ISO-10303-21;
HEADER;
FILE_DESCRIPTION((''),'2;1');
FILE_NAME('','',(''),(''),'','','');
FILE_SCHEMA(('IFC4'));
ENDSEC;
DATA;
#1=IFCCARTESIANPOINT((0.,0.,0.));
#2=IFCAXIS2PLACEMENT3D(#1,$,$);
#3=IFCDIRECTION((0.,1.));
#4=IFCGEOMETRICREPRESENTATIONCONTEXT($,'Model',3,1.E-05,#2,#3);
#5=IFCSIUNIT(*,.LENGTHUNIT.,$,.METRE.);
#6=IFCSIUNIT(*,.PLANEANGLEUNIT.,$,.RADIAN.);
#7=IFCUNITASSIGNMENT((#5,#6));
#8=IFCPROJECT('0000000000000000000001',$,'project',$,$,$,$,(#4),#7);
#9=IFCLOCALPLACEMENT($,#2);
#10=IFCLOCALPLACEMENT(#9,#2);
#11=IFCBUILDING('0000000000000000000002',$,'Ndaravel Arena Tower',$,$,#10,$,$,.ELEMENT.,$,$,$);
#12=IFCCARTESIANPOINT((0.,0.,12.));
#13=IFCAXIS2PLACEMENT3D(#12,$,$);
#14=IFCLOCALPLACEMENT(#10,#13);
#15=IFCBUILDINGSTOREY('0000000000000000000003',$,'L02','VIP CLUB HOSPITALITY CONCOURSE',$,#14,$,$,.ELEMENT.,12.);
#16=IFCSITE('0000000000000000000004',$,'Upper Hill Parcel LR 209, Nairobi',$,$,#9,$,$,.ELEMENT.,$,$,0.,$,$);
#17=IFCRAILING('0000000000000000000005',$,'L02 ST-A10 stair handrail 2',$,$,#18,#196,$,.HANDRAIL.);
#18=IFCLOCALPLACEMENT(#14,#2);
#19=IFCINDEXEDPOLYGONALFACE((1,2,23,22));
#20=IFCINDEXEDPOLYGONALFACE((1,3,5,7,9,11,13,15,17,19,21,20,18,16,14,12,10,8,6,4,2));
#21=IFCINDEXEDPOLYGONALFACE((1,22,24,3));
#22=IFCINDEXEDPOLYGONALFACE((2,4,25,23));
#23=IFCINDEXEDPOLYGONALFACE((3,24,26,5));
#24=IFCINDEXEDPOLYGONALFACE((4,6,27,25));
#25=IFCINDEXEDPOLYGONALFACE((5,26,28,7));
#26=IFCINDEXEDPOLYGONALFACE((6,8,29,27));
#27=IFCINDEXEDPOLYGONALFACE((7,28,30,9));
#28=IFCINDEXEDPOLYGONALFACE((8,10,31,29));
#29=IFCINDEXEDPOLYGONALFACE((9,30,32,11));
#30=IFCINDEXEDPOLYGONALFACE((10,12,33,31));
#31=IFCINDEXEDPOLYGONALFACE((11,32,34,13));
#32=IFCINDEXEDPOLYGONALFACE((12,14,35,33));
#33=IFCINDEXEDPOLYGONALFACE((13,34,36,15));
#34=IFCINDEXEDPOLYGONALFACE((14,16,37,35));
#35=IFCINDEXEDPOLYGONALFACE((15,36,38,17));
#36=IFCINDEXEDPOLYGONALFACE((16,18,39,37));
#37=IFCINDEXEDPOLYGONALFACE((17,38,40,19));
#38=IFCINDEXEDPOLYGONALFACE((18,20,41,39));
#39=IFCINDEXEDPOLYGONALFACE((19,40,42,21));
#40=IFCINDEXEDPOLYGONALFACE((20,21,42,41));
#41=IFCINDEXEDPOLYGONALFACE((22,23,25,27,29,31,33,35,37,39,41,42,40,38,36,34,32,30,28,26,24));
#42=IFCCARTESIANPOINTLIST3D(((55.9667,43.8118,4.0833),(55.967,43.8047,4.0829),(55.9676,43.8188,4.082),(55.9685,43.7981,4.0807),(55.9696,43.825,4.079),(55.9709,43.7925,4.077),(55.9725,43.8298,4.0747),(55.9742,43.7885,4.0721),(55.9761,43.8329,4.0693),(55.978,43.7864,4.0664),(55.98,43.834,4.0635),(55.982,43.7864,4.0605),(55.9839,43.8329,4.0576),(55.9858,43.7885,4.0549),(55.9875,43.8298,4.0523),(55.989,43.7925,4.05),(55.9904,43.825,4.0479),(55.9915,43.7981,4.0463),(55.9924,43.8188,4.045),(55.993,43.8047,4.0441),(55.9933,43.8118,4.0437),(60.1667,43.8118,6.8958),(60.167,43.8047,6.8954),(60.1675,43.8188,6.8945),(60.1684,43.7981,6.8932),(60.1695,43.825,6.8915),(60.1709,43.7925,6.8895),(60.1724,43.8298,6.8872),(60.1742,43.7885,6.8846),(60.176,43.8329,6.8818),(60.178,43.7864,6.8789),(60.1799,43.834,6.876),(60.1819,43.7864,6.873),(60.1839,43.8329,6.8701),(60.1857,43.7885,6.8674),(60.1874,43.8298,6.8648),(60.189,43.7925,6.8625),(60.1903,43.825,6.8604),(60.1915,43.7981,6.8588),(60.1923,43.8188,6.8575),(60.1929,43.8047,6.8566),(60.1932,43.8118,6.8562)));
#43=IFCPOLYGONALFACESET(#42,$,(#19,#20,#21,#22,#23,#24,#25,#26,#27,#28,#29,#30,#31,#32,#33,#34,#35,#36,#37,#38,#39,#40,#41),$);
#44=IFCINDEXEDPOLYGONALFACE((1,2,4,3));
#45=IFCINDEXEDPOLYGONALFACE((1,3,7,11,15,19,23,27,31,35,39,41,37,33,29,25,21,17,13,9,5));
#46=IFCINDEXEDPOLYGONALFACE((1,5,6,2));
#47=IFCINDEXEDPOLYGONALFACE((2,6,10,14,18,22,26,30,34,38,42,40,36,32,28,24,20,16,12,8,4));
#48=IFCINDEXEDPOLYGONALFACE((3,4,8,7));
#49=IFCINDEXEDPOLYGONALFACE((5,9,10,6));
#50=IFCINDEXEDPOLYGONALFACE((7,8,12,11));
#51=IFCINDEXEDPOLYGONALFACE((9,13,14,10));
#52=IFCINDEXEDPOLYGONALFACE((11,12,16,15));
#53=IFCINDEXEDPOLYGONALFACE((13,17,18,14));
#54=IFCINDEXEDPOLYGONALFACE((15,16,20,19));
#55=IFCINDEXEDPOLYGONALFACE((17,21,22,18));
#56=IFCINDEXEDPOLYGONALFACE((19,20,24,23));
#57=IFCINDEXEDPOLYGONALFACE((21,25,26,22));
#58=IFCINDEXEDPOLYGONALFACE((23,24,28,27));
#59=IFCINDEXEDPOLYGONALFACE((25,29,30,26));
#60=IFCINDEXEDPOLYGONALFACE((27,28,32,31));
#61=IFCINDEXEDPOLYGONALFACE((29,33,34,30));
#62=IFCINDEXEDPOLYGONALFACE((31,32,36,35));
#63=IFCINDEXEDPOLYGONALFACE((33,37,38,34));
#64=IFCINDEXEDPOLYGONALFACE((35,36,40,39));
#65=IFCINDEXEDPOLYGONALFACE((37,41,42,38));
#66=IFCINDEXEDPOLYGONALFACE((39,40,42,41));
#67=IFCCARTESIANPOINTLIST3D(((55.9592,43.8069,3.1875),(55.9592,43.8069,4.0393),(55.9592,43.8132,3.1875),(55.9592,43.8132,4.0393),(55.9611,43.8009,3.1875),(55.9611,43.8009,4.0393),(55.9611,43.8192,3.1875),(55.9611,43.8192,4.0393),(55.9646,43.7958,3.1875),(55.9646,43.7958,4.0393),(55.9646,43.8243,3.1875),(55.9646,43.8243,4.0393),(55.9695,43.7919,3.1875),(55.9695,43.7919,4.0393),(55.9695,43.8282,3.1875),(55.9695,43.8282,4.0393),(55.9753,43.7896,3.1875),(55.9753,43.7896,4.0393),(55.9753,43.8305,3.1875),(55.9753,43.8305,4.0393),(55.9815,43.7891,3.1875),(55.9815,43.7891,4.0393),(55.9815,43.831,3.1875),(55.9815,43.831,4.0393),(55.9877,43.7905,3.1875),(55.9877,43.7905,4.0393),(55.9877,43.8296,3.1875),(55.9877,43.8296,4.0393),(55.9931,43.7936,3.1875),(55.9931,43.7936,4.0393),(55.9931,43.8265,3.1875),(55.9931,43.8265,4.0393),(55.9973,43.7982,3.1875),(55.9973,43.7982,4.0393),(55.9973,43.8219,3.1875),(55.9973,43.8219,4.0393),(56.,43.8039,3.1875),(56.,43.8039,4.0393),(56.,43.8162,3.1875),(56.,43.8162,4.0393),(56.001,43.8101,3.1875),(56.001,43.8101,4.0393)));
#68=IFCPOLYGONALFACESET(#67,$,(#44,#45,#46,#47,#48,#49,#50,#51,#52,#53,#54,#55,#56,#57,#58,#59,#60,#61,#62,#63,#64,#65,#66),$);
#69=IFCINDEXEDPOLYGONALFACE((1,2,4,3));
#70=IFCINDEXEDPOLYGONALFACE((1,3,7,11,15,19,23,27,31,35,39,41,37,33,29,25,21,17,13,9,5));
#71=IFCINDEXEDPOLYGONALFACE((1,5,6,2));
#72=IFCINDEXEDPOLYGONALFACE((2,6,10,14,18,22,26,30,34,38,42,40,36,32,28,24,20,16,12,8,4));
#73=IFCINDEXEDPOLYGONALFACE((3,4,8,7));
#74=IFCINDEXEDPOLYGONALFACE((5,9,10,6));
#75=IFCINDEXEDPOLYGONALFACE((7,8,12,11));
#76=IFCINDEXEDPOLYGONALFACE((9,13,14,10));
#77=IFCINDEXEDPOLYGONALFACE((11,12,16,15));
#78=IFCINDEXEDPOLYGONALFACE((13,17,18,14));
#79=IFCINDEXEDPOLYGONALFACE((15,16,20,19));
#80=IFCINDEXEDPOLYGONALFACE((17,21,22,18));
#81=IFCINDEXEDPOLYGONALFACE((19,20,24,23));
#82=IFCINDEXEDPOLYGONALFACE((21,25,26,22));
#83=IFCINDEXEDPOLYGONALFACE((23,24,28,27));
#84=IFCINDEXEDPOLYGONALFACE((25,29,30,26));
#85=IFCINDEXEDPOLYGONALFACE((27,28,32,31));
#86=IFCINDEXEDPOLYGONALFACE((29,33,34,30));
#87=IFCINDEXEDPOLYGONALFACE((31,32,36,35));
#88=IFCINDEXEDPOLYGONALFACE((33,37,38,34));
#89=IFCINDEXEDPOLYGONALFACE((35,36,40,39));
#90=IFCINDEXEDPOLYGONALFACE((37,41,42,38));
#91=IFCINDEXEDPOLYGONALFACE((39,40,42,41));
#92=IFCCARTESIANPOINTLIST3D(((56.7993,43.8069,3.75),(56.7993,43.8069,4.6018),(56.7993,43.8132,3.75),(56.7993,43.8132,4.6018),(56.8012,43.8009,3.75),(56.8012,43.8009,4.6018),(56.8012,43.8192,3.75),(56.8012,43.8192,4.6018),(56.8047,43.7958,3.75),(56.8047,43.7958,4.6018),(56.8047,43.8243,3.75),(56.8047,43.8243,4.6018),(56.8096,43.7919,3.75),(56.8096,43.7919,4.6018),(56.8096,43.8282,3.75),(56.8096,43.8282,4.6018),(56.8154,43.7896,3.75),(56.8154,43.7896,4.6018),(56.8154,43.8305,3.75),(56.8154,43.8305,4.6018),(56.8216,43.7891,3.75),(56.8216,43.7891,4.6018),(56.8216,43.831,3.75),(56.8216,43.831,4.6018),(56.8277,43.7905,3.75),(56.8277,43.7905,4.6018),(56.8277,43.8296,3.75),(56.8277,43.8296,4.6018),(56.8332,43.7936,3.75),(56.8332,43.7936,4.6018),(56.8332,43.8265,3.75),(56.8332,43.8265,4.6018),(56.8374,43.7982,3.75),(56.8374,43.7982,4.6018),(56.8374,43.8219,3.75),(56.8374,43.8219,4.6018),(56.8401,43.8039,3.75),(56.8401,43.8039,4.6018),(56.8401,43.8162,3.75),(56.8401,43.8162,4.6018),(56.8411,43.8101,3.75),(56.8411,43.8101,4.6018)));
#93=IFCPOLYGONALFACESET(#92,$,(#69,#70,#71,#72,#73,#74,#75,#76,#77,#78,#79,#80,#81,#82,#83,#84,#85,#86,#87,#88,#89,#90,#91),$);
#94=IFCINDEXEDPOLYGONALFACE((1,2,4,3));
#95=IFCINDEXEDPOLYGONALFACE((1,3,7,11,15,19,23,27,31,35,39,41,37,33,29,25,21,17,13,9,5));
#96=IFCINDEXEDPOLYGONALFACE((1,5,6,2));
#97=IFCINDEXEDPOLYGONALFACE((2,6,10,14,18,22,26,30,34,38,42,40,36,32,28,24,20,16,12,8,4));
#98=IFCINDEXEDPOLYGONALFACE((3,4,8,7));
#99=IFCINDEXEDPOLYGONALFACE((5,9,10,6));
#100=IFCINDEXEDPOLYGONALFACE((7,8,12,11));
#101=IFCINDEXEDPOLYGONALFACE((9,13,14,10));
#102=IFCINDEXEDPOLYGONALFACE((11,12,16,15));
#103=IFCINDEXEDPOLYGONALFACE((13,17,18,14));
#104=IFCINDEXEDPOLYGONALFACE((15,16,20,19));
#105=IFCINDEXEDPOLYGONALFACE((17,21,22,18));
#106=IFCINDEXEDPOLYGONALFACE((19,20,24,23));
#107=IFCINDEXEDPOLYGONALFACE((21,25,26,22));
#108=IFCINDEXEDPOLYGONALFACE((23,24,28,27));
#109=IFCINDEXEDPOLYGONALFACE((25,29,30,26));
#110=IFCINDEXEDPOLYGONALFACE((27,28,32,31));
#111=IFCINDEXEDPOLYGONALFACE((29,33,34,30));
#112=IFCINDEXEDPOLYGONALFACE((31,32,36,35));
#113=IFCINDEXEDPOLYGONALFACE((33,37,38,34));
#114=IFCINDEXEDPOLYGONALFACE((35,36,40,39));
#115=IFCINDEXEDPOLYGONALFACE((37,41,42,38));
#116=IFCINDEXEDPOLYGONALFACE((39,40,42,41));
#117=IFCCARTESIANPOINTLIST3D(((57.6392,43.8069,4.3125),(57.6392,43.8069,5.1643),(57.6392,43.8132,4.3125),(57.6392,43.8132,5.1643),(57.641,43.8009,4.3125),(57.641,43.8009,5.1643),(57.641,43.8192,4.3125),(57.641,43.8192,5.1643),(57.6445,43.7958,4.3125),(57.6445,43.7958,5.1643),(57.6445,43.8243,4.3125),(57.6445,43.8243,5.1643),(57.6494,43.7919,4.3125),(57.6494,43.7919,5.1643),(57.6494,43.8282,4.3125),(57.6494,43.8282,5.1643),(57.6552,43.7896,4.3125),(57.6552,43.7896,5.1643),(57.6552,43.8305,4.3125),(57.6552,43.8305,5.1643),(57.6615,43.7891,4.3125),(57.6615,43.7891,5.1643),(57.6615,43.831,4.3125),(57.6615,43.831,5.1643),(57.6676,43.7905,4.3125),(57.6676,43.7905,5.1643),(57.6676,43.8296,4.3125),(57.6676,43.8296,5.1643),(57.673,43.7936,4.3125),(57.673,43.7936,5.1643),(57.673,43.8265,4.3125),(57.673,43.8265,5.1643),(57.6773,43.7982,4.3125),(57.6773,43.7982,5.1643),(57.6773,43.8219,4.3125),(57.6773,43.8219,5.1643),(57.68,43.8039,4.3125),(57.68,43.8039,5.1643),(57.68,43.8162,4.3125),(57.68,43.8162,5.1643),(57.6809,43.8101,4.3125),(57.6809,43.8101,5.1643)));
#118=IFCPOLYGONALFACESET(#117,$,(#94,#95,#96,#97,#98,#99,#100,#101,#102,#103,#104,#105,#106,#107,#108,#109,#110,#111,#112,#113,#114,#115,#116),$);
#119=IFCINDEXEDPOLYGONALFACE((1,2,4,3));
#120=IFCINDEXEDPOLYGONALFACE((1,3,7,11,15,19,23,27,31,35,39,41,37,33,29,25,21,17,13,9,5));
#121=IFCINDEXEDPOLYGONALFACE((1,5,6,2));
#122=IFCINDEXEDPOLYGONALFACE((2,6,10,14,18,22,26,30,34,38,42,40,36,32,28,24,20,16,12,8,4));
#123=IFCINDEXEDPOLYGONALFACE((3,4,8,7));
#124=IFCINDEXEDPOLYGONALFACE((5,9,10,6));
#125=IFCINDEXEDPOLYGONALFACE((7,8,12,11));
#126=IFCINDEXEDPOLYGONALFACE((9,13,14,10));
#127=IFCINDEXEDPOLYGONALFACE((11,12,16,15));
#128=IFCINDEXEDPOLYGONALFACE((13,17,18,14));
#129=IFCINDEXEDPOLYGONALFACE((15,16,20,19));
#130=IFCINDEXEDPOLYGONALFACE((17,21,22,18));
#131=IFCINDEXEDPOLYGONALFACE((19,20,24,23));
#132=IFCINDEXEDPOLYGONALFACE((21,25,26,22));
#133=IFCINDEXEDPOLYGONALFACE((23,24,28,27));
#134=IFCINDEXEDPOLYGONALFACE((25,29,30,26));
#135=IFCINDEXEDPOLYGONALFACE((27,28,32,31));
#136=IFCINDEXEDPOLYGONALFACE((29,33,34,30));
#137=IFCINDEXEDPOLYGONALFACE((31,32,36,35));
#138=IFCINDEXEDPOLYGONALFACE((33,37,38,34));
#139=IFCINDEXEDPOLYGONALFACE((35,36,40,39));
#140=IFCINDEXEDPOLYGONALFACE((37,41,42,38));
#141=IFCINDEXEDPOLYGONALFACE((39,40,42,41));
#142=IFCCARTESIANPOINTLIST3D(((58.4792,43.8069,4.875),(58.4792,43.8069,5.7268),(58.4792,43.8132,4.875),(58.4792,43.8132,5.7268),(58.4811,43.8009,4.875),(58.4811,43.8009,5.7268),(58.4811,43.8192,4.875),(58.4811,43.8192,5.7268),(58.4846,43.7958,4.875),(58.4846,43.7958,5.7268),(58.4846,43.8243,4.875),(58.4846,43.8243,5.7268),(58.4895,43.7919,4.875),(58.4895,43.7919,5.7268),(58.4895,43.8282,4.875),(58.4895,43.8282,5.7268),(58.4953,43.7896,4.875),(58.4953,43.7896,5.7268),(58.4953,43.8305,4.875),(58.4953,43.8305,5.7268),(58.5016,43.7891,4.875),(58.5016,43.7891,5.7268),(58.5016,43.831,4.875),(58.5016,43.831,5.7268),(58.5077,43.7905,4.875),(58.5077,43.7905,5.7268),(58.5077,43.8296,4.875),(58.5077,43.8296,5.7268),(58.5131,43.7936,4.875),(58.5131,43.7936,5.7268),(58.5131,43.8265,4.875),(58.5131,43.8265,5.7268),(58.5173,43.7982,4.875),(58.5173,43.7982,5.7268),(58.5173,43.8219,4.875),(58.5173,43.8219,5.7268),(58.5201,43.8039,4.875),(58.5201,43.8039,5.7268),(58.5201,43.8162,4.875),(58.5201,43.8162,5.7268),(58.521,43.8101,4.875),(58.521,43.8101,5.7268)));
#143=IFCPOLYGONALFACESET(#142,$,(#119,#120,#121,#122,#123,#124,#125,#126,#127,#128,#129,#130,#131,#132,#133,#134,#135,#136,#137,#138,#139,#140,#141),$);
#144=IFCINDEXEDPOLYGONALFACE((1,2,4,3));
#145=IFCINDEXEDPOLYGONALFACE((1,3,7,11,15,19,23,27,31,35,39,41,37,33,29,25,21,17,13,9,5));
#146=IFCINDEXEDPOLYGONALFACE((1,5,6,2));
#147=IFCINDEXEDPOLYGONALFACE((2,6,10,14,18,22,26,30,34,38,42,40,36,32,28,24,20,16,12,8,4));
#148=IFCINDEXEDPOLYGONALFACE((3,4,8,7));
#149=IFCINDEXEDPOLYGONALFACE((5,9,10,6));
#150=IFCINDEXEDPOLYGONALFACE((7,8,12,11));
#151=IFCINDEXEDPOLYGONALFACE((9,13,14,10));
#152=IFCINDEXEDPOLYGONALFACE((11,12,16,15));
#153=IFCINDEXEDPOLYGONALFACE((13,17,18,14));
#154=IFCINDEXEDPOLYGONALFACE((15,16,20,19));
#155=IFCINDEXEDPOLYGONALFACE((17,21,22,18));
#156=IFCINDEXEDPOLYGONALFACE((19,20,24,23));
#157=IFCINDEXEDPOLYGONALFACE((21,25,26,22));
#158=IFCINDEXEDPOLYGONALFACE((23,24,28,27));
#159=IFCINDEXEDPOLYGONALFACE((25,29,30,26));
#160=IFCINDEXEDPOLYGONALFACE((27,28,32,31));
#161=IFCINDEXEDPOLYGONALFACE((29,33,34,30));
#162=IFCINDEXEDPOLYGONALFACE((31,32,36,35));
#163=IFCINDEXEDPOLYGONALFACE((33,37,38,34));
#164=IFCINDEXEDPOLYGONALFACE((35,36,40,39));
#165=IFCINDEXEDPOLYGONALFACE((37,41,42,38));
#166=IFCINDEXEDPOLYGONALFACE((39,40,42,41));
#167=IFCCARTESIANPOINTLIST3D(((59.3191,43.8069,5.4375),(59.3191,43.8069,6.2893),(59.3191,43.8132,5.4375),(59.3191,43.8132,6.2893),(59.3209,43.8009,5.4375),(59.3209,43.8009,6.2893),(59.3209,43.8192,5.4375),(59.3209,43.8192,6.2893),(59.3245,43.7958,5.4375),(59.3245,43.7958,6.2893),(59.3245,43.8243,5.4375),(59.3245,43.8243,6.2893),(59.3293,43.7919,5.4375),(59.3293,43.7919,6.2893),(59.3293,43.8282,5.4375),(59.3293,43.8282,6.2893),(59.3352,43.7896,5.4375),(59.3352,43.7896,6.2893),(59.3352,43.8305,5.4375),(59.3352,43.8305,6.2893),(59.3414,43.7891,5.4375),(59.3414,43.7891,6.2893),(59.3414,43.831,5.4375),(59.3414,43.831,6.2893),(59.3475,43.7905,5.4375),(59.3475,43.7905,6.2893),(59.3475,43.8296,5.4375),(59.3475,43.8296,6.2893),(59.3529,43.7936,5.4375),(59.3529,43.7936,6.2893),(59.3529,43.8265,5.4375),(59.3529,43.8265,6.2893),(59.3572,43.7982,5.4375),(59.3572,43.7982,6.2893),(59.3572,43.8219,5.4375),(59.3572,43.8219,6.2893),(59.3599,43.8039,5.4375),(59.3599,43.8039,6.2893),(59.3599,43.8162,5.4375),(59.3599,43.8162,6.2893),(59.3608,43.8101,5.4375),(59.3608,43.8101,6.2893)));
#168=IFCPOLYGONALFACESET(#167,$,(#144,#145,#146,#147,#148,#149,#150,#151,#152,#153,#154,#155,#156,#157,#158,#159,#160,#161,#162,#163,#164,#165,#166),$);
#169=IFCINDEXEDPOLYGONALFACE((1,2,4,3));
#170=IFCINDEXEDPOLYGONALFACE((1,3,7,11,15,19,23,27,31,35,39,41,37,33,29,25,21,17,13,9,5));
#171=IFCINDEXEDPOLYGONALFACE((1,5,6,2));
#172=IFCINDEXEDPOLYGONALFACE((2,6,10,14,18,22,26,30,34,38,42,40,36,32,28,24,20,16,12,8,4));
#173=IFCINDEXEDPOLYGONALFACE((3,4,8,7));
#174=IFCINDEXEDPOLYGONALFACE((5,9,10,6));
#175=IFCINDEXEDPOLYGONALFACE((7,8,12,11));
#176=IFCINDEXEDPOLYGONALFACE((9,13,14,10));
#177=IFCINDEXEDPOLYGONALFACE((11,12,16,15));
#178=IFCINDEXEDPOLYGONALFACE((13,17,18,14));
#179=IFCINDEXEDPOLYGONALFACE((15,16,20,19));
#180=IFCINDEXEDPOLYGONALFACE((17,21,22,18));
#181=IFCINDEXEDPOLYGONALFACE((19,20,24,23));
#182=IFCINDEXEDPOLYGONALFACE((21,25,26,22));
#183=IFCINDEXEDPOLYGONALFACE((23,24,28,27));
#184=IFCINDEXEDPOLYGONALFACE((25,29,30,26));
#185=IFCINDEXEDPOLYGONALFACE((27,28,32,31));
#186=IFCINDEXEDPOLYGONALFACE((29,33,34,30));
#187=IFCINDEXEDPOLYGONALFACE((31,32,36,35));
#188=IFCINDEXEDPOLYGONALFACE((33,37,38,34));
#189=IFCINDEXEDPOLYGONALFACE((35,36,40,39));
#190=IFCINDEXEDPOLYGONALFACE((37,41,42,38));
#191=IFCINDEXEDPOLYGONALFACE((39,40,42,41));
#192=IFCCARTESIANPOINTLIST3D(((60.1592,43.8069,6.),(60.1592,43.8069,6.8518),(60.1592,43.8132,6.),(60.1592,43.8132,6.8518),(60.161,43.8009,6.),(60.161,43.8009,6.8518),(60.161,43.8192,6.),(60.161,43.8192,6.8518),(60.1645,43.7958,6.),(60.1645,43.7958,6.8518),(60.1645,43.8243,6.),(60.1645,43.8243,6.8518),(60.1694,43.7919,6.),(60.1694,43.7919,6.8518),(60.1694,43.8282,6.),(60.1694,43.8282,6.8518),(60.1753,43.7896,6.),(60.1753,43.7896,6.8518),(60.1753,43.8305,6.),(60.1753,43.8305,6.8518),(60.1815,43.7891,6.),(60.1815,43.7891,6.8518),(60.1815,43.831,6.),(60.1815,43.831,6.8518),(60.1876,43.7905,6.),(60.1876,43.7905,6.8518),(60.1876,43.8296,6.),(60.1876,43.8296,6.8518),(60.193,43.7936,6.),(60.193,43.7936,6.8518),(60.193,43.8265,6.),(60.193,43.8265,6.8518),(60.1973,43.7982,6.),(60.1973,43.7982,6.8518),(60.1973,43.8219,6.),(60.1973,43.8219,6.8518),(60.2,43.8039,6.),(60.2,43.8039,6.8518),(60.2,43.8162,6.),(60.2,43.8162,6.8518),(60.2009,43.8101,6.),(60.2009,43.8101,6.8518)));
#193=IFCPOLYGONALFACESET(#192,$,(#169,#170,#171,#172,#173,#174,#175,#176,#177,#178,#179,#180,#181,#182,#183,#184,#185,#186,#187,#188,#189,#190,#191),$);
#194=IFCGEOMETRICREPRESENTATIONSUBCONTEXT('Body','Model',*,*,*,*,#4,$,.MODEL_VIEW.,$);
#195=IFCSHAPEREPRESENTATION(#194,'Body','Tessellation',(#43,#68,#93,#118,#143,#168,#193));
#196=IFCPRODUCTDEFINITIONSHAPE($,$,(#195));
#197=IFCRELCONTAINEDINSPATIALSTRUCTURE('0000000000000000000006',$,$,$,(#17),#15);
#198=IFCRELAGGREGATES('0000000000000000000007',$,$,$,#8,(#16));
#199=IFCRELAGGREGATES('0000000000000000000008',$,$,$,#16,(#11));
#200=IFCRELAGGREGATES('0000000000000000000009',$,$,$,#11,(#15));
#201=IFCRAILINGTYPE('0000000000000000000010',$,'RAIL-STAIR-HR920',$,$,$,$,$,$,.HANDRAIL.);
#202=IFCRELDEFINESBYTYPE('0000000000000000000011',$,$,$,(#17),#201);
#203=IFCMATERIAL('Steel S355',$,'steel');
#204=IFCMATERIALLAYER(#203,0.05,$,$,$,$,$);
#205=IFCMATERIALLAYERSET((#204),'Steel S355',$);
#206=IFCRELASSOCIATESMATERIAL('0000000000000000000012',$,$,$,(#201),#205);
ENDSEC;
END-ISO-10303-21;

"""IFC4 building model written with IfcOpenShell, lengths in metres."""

from ifc_helpers import new_model, si_unit, direction, frame, origin, origin_2d, place, context, subcontext, project, spatial, circle, extrude, material, layer, layer_set, type_object, element, save


model = new_model("IFC4")

# Units and contexts
model_context = context("Model", 3, precision=1e-05, world=origin(), true_north=direction((0.0, 1.0)))
body_context = subcontext(model_context, "Body", "Model", "MODEL_VIEW")
ifc_project = project(units=[si_unit("LENGTHUNIT", "METRE"), si_unit("PLANEANGLEUNIT", "RADIAN")], contexts=[model_context])

# Site, building, storey
site_placement = place(None, origin())
site = spatial("IfcSite", under=ifc_project, at=site_placement, Name="Upper Hill Parcel LR 209, Nairobi", CompositionType="ELEMENT", RefElevation=0.0)
building_placement = place(site_placement, origin())
building = spatial("IfcBuilding", under=site, at=building_placement, Name="Ndaravel Arena Tower", CompositionType="ELEMENT")
storey_placement = place(building_placement, frame((0.0, 0.0, 12.0)))
storey = spatial("IfcBuildingStorey", under=building, at=storey_placement, Name="L02", Description="VIP CLUB HOSPITALITY CONCOURSE", CompositionType="ELEMENT", Elevation=12.0)

# Railing
ifc_material_1 = material(Name="Steel S355", Category="steel")
ifc_layer_1 = layer(ifc_material_1, 0.05)
ifc_layer_set_1 = layer_set([ifc_layer_1], Name="Steel S355")
railing_type_1 = type_object("IfcRailingType", Name="RAIL-STAIR-HR920", PredefinedType="HANDRAIL", material=ifc_layer_set_1)
railing_1_placement = place(storey_placement, frame((55.98, 43.8101, 3.1875)))
element("IfcRailing", 1, at=railing_1_placement, inside=storey, type_object=railing_type_1, Name="L02 ST-A10 stair handrail 2", PredefinedType="HANDRAIL", context=body_context, shape_type="SweptSolid", body=[
    extrude(circle(Radius=0.0239, at=origin_2d()), frame((0.0, 0.0, 0.876), z_axis=(0.830904, 0.0, 0.556416), x_axis=(0.0, 1.0, 0.0)), (0.0, 0.0, 1.0), 5.0547),
    extrude(circle(Radius=0.021, at=origin_2d()), origin(), (0.0, 0.0, 1.0), 0.8518),
    extrude(circle(Radius=0.021, at=origin_2d()), frame((0.8401, 0.0, 0.5625)), (0.0, 0.0, 1.0), 0.8518),
    extrude(circle(Radius=0.021, at=origin_2d()), frame((1.6799, 0.0, 1.125)), (0.0, 0.0, 1.0), 0.8518),
    extrude(circle(Radius=0.021, at=origin_2d()), frame((2.52, 0.0, 1.6875)), (0.0, 0.0, 1.0), 0.8518),
    extrude(circle(Radius=0.021, at=origin_2d()), frame((3.3599, 0.0, 2.25)), (0.0, 0.0, 1.0), 0.8518),
    extrude(circle(Radius=0.021, at=origin_2d()), frame((4.2, 0.0, 2.8125)), (0.0, 0.0, 1.0), 0.8518),
])

save(model, "model.ifc")
